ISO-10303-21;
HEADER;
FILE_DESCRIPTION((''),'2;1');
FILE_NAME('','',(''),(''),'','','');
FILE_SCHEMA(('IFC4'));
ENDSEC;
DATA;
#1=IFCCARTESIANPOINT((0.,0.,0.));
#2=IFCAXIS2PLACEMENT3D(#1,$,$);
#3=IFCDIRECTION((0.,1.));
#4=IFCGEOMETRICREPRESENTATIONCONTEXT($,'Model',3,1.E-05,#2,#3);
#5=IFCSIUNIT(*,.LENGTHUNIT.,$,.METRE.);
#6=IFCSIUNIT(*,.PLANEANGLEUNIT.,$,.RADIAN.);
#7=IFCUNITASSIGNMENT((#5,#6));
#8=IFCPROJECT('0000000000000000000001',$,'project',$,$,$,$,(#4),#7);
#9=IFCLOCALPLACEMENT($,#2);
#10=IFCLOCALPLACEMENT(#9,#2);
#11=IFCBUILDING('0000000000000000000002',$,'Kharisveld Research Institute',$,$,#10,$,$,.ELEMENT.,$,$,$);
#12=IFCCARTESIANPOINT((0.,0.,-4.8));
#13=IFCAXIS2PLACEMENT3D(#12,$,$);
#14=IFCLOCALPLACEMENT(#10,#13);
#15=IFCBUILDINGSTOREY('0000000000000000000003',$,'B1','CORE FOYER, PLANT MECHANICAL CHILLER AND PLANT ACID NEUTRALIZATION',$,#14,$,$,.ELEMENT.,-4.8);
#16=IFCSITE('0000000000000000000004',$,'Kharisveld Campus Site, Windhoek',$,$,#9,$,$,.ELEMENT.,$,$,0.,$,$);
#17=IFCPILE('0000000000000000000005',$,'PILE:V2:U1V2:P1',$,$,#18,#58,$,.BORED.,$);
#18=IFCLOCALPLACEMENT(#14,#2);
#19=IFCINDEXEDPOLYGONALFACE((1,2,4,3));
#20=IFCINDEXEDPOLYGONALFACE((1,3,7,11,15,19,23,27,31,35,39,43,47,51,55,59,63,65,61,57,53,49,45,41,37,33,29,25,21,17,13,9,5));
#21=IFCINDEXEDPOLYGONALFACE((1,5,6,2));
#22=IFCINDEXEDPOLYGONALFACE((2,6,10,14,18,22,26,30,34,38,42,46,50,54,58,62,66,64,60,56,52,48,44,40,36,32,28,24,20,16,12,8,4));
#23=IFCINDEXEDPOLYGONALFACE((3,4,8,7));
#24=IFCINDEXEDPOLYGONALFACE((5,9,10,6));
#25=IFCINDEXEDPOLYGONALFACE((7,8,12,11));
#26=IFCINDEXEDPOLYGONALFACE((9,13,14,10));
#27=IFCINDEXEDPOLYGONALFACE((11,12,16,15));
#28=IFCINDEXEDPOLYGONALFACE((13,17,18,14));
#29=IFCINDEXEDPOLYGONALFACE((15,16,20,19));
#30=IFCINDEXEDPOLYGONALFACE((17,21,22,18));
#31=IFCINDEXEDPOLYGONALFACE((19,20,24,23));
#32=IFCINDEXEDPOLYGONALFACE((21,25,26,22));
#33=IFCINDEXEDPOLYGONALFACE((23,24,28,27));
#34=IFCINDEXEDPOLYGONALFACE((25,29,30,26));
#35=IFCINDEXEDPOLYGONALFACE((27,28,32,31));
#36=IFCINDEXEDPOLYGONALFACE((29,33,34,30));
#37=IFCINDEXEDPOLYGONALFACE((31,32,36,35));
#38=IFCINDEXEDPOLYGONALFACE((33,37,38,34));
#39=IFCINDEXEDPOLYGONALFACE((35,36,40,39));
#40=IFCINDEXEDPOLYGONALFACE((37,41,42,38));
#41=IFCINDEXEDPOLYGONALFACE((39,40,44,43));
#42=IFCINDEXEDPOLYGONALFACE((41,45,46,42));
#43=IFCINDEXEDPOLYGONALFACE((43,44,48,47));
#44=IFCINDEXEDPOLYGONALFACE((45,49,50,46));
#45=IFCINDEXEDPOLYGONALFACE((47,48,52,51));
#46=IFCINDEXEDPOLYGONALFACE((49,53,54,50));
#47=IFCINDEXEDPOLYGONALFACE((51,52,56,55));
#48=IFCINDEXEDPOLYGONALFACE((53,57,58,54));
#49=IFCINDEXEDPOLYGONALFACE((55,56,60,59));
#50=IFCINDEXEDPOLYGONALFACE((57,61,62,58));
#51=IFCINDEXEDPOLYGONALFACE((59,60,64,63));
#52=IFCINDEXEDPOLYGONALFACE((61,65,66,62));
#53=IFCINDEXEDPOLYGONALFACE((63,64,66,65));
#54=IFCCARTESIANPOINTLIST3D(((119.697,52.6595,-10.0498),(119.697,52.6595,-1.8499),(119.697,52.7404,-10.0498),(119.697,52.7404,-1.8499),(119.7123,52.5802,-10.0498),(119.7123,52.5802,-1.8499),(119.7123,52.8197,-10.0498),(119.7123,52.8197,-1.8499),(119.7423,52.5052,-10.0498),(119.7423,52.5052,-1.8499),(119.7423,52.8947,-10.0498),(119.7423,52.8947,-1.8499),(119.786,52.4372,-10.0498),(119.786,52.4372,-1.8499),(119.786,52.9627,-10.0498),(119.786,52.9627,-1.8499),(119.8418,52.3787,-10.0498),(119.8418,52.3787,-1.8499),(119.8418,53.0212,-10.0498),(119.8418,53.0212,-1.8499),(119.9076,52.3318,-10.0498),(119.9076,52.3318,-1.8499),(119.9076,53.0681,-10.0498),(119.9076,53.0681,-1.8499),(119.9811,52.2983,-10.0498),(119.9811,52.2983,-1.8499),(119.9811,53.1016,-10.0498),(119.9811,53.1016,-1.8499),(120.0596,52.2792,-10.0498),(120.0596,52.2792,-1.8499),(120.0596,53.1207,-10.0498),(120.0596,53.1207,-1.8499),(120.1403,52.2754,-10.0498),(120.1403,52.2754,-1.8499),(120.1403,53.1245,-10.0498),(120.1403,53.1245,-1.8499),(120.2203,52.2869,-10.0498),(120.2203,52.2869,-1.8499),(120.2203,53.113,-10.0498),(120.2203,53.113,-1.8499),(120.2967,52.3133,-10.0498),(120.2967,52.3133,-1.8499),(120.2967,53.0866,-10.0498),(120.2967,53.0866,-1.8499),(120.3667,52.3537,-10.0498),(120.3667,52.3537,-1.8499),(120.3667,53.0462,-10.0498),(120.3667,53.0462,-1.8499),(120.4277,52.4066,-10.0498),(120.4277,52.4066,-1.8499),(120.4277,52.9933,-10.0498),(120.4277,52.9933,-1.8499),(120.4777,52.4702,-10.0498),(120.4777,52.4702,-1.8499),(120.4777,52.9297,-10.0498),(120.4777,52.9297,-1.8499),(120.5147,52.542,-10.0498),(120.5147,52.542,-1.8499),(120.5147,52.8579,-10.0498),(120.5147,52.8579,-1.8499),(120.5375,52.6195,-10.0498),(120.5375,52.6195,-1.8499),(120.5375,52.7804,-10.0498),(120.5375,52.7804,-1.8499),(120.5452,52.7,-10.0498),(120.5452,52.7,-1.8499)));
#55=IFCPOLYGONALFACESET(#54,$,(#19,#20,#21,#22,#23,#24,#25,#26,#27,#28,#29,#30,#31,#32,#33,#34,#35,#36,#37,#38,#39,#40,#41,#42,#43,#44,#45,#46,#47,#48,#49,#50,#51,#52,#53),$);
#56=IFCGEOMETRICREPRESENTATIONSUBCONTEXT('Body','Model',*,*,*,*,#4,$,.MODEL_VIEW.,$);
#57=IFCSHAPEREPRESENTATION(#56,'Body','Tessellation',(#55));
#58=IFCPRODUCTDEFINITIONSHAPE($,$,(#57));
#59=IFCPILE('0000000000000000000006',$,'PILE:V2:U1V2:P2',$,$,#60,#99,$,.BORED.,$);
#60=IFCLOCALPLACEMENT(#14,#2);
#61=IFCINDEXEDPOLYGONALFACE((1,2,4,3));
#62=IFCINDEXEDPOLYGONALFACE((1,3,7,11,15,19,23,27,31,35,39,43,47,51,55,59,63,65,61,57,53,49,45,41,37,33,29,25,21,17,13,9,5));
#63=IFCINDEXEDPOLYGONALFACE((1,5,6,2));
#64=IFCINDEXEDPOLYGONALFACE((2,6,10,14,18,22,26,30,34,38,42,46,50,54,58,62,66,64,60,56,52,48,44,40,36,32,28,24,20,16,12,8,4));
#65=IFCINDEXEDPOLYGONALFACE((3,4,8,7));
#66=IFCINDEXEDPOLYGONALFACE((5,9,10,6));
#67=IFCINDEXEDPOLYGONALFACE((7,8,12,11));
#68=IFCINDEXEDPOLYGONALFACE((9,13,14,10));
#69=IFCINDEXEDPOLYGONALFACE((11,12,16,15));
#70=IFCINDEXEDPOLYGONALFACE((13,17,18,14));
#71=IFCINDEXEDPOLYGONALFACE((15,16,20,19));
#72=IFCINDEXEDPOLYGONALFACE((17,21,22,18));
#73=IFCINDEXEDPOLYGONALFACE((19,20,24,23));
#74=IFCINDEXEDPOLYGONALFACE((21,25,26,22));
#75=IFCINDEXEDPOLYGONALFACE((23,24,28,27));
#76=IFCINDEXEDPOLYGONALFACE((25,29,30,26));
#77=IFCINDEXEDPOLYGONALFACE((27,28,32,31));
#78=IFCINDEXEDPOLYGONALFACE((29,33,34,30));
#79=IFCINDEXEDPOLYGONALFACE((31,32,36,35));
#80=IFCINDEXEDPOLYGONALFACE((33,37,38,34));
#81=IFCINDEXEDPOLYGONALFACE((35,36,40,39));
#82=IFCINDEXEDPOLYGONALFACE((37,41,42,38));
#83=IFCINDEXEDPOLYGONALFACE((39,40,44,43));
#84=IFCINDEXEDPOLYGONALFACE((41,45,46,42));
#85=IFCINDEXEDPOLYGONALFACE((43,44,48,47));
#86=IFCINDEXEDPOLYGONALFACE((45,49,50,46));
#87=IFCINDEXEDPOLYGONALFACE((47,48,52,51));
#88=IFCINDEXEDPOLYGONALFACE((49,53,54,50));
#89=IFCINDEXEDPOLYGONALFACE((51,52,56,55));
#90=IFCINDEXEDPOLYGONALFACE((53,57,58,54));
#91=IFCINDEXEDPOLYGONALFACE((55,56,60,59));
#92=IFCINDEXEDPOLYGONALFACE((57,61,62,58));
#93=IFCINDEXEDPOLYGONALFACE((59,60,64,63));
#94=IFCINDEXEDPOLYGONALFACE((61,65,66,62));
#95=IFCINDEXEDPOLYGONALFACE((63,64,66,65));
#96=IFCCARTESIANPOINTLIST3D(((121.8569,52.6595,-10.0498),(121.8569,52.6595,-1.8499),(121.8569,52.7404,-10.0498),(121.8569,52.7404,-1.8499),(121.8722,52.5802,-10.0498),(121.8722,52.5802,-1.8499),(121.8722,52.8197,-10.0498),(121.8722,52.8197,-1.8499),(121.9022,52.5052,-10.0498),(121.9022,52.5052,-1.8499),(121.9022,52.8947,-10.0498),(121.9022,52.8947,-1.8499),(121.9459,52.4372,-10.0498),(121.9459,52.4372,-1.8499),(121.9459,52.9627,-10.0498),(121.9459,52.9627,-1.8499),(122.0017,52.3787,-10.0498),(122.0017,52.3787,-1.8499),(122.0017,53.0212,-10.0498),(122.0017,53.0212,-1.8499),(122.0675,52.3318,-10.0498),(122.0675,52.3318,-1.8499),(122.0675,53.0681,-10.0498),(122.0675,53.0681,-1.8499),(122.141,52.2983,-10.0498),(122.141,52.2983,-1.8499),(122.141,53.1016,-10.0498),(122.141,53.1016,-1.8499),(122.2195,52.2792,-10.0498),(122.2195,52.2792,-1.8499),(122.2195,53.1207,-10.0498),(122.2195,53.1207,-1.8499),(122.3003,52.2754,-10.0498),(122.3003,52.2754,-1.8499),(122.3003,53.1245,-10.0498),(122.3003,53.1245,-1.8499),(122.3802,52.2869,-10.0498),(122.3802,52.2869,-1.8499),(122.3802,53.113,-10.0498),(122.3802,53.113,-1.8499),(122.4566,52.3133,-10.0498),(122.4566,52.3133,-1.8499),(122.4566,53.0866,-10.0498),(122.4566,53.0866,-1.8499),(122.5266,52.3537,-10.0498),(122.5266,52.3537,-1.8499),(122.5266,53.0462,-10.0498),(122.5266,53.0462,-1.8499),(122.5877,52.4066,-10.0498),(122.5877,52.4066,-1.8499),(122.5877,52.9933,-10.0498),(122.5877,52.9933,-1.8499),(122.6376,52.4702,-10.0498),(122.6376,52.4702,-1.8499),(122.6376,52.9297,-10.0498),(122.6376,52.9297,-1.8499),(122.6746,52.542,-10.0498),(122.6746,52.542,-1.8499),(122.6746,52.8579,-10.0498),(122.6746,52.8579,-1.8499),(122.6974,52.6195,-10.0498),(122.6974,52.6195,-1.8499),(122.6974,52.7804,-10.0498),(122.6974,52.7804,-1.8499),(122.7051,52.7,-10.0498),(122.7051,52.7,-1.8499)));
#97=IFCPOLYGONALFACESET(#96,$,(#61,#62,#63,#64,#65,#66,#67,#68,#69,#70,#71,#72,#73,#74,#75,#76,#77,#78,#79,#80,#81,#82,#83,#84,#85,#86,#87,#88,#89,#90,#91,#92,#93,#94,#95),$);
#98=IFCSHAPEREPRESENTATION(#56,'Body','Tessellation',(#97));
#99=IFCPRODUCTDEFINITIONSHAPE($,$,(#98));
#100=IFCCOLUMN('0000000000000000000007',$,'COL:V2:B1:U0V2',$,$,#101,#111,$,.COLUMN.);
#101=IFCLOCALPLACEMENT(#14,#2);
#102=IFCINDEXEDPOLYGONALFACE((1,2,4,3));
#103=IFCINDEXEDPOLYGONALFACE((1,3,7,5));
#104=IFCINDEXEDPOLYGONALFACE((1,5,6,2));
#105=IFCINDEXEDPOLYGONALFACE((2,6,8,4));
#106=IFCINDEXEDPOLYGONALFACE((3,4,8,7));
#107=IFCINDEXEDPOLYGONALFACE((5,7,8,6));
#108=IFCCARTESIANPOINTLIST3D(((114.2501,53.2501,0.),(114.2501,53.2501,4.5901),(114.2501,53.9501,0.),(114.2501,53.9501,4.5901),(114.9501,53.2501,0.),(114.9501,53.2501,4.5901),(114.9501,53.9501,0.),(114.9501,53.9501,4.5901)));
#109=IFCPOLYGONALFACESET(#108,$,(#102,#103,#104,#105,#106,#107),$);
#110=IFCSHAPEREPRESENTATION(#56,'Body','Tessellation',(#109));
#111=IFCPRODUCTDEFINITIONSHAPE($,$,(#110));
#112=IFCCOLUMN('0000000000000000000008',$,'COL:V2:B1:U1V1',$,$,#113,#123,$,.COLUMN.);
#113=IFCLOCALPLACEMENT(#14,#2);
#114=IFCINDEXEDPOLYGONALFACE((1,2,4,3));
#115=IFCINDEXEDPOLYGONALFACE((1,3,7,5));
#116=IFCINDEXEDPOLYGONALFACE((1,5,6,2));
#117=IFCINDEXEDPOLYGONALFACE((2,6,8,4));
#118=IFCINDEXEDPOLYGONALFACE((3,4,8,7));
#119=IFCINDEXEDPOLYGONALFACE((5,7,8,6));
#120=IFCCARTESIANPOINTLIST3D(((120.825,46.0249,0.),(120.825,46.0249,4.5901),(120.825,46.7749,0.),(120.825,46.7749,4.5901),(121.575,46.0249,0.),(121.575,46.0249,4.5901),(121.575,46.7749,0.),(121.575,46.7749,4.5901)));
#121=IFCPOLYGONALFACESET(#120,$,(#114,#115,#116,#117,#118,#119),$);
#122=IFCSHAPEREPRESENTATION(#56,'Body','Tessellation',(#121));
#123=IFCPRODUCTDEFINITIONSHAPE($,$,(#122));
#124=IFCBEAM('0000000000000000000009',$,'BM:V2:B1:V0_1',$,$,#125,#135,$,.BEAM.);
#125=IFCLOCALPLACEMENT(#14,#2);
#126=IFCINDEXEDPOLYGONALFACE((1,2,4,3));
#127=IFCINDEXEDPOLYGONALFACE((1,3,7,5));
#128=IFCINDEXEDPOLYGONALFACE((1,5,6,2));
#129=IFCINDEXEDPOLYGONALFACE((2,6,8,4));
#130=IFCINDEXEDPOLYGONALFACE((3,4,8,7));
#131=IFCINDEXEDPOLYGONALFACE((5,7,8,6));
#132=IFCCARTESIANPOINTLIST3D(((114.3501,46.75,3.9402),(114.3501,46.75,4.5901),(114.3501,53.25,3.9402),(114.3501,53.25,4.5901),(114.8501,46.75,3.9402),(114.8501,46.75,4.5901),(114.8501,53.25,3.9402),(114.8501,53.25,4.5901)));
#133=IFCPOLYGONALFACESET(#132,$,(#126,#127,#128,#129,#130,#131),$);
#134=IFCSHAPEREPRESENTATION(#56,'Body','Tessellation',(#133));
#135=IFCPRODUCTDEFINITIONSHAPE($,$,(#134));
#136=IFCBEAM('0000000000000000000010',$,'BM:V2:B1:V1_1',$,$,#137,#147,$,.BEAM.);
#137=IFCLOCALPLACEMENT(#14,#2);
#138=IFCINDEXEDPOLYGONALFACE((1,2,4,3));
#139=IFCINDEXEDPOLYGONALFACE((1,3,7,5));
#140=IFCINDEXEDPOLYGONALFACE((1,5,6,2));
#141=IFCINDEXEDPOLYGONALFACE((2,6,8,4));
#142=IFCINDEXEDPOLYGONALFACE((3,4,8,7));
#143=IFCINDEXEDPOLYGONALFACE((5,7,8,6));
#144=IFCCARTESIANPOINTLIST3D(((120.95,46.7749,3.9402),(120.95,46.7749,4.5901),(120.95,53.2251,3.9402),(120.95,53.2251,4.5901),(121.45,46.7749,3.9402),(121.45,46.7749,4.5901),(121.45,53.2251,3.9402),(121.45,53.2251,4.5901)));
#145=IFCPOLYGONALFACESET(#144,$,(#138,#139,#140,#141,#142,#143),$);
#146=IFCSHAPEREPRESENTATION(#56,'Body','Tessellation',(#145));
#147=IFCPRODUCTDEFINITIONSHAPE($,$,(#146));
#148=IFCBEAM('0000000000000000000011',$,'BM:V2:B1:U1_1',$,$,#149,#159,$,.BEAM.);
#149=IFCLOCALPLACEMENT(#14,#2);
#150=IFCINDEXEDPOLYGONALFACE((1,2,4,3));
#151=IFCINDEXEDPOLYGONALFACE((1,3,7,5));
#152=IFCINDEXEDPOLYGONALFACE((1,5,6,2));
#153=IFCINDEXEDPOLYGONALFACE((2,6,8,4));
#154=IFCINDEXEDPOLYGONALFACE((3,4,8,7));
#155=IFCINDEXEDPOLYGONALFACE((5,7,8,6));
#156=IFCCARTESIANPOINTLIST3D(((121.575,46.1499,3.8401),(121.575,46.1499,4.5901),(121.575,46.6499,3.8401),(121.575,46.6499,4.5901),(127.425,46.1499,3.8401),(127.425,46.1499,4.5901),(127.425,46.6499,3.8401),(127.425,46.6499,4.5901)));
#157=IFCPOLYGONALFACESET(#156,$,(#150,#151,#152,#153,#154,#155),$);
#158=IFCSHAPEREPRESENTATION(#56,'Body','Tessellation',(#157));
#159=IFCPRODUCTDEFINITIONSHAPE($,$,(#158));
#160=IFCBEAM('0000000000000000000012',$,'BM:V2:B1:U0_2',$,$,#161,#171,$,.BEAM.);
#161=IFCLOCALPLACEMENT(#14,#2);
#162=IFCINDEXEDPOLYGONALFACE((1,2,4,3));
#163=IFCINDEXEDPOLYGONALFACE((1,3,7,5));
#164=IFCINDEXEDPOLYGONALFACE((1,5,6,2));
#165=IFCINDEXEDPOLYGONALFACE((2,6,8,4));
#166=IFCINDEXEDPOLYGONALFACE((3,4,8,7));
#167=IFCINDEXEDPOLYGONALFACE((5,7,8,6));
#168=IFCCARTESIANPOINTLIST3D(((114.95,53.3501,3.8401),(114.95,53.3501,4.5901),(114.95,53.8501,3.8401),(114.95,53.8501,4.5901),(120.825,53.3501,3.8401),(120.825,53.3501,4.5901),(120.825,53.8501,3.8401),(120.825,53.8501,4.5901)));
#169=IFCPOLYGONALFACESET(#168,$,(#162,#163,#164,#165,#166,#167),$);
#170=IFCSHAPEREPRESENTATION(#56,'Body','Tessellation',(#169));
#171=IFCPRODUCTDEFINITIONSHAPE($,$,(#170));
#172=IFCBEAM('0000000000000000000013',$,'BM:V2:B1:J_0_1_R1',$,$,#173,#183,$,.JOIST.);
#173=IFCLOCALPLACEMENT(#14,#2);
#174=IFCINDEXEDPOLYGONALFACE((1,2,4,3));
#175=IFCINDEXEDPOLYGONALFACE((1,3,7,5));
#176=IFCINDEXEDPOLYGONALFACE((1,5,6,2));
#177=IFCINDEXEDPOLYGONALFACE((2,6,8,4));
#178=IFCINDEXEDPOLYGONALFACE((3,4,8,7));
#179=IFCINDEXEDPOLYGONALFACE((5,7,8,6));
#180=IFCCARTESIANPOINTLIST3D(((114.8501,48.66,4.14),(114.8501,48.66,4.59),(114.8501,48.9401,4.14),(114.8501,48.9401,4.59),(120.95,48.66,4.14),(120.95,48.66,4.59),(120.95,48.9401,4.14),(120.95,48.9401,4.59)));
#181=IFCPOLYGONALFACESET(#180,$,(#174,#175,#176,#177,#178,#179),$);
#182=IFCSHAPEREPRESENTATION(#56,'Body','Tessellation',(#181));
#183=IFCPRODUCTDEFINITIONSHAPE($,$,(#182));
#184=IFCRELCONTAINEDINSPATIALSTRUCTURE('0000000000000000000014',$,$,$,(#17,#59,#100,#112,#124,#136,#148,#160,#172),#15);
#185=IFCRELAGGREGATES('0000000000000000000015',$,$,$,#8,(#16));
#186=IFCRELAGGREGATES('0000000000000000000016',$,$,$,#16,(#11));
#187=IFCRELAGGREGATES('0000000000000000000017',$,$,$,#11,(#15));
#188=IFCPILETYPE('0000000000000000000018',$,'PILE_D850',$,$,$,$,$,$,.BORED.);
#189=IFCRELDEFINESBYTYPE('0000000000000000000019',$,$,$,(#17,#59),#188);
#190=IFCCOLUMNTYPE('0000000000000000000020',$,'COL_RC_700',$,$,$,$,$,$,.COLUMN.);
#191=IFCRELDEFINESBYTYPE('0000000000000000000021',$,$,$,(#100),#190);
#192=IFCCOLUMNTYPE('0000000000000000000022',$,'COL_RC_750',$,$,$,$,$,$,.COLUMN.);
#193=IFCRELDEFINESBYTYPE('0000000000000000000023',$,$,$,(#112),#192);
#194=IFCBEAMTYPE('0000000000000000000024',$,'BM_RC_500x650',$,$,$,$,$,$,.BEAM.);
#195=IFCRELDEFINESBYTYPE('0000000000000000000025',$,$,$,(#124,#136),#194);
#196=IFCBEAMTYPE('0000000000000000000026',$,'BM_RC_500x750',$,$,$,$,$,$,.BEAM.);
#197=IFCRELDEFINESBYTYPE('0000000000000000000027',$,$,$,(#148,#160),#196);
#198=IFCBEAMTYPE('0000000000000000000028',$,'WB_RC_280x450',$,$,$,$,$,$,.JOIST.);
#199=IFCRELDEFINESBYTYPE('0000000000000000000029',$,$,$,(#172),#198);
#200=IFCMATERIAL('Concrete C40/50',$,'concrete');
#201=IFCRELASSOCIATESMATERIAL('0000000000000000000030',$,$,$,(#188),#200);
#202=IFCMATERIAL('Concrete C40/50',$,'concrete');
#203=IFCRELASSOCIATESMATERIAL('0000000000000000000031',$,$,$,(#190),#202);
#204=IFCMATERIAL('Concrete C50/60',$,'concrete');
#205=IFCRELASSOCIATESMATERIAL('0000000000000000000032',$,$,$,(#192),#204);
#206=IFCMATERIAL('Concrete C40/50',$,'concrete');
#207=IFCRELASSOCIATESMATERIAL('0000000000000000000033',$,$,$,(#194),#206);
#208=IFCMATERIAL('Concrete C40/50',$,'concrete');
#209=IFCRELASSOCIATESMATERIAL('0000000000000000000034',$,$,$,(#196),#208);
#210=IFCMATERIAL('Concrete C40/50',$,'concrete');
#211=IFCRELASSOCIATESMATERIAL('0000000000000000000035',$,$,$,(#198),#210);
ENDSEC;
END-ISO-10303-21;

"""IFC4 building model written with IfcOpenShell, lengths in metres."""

from ifc_helpers import new_model, si_unit, direction, frame, origin, origin_2d, place, context, subcontext, project, spatial, rectangle, circle, extrude, material, material_profile, profile_set, type_object, element, save


model = new_model("IFC4")

# Units and contexts
model_context = context("Model", 3, precision=1e-05, world=origin(), true_north=direction((0.0, 1.0)))
body_context = subcontext(model_context, "Body", "Model", "MODEL_VIEW")
ifc_project = project(units=[si_unit("LENGTHUNIT", "METRE"), si_unit("PLANEANGLEUNIT", "RADIAN")], contexts=[model_context])

# Site, building, storey
site_placement = place(None, origin())
site = spatial("IfcSite", under=ifc_project, at=site_placement, Name="Kharisveld Campus Site, Windhoek", CompositionType="ELEMENT", RefElevation=0.0)
building_placement = place(site_placement, origin())
building = spatial("IfcBuilding", under=site, at=building_placement, Name="Kharisveld Research Institute", CompositionType="ELEMENT")
storey_placement = place(building_placement, frame((0.0, 0.0, -4.8)))
storey = spatial("IfcBuildingStorey", under=building, at=storey_placement, Name="B1", Description="CORE FOYER, PLANT MECHANICAL CHILLER AND PLANT ACID NEUTRALIZATION", CompositionType="ELEMENT", Elevation=-4.8)

# Piles
ifc_material_1 = material(Name="Concrete C40/50", Category="concrete")
ifc_material_profile_1 = material_profile(ifc_material_1, circle(Radius=0.425, at=origin_2d()))
ifc_profile_set_1 = profile_set([ifc_material_profile_1], Name="Concrete C40/50")
pile_type_1 = type_object("IfcPileType", Name="PILE_D850", PredefinedType="BORED", material=ifc_profile_set_1)
for number, where, z_axis, x_axis, name in (
    (1, (120.1201, 52.7, -1.8499), (0.0, 0.0, -1.0), (1.0, 0.0, 0.0), "PILE:V2:U1V2:P1"),
    (2, (122.28, 52.7, -1.8499), (0.0, 0.0, -1.0), (1.0, 0.0, 0.0), "PILE:V2:U1V2:P2"),
):
    element("IfcPile", number, at=place(storey_placement, frame(where, z_axis=z_axis, x_axis=x_axis)), inside=storey, type_object=pile_type_1, Name=name, PredefinedType="BORED", context=body_context, shape_type="SweptSolid", body=[
        extrude(circle(Radius=0.425, at=origin_2d()), origin(), (0.0, 0.0, 1.0), 8.2),
    ])

# Columns
ifc_material_2 = material(Name="Concrete C40/50", Category="concrete")
ifc_material_profile_2 = material_profile(ifc_material_2, rectangle(XDim=0.7, YDim=0.7, at=origin_2d()))
ifc_profile_set_2 = profile_set([ifc_material_profile_2], Name="Concrete C40/50")
column_type_1 = type_object("IfcColumnType", Name="COL_RC_700", PredefinedType="COLUMN", material=ifc_profile_set_2)
column_1_placement = place(storey_placement, frame((114.6001, 53.6001, 0.0), z_axis=(0.0, 0.0, 1.0), x_axis=(1.0, 0.0, 0.0)))
element("IfcColumn", 3, at=column_1_placement, inside=storey, type_object=column_type_1, Name="COL:V2:B1:U0V2", PredefinedType="COLUMN", context=body_context, shape_type="SweptSolid", body=[
    extrude(rectangle(XDim=0.7, YDim=0.7, at=origin_2d()), origin(), (0.0, 0.0, 1.0), 4.5901),
])
ifc_material_3 = material(Name="Concrete C50/60", Category="concrete")
ifc_material_profile_3 = material_profile(ifc_material_3, rectangle(XDim=0.75, YDim=0.75, at=origin_2d()))
ifc_profile_set_3 = profile_set([ifc_material_profile_3], Name="Concrete C50/60")
column_type_2 = type_object("IfcColumnType", Name="COL_RC_750", PredefinedType="COLUMN", material=ifc_profile_set_3)
column_2_placement = place(storey_placement, frame((121.2, 46.3999, 0.0), z_axis=(0.0, 0.0, 1.0), x_axis=(1.0, 0.0, 0.0)))
element("IfcColumn", 4, at=column_2_placement, inside=storey, type_object=column_type_2, Name="COL:V2:B1:U1V1", PredefinedType="COLUMN", context=body_context, shape_type="SweptSolid", body=[
    extrude(rectangle(XDim=0.75, YDim=0.75, at=origin_2d()), origin(), (0.0, 0.0, 1.0), 4.5901),
])

# Beams
ifc_material_4 = material(Name="Concrete C40/50", Category="concrete")
ifc_material_profile_4 = material_profile(ifc_material_4, rectangle(XDim=0.5, YDim=0.6499, at=origin_2d()))
ifc_profile_set_4 = profile_set([ifc_material_profile_4], Name="Concrete C40/50")
beam_type_1 = type_object("IfcBeamType", Name="BM_RC_500x650", PredefinedType="BEAM", material=ifc_profile_set_4)
beam_1_placement = place(storey_placement, frame((114.6001, 46.75, 4.2651), z_axis=(0.0, 1.0, 0.0), x_axis=(-1.0, 0.0, 0.0)))
element("IfcBeam", 5, at=beam_1_placement, inside=storey, type_object=beam_type_1, Name="BM:V2:B1:V0_1", PredefinedType="BEAM", context=body_context, shape_type="SweptSolid", body=[
    extrude(rectangle(XDim=0.5, YDim=0.6499, at=origin_2d()), origin(), (0.0, 0.0, 1.0), 6.5),
])
beam_2_placement = place(storey_placement, frame((121.2, 46.7749, 4.2651), z_axis=(0.0, 1.0, 0.0), x_axis=(-1.0, 0.0, 0.0)))
element("IfcBeam", 6, at=beam_2_placement, inside=storey, type_object=beam_type_1, Name="BM:V2:B1:V1_1", PredefinedType="BEAM", context=body_context, shape_type="SweptSolid", body=[
    extrude(rectangle(XDim=0.5, YDim=0.6499, at=origin_2d()), origin(), (0.0, 0.0, 1.0), 6.4502),
])
ifc_material_5 = material(Name="Concrete C40/50", Category="concrete")
ifc_material_profile_5 = material_profile(ifc_material_5, rectangle(XDim=0.5, YDim=0.75, at=origin_2d()))
ifc_profile_set_5 = profile_set([ifc_material_profile_5], Name="Concrete C40/50")
beam_type_2 = type_object("IfcBeamType", Name="BM_RC_500x750", PredefinedType="BEAM", material=ifc_profile_set_5)
beam_3_placement = place(storey_placement, frame((121.575, 46.3999, 4.2151), z_axis=(1.0, 0.0, 0.0), x_axis=(0.0, 1.0, 0.0)))
element("IfcBeam", 7, at=beam_3_placement, inside=storey, type_object=beam_type_2, Name="BM:V2:B1:U1_1", PredefinedType="BEAM", context=body_context, shape_type="SweptSolid", body=[
    extrude(rectangle(XDim=0.5, YDim=0.75, at=origin_2d()), origin(), (0.0, 0.0, 1.0), 5.8501),
])
beam_4_placement = place(storey_placement, frame((114.95, 53.6001, 4.2151), z_axis=(1.0, 0.0, 0.0), x_axis=(0.0, 1.0, 0.0)))
element("IfcBeam", 8, at=beam_4_placement, inside=storey, type_object=beam_type_2, Name="BM:V2:B1:U0_2", PredefinedType="BEAM", context=body_context, shape_type="SweptSolid", body=[
    extrude(rectangle(XDim=0.5, YDim=0.75, at=origin_2d()), origin(), (0.0, 0.0, 1.0), 5.875),
])
ifc_material_6 = material(Name="Concrete C40/50", Category="concrete")
ifc_material_profile_6 = material_profile(ifc_material_6, rectangle(XDim=0.28, YDim=0.45, at=origin_2d()))
ifc_profile_set_6 = profile_set([ifc_material_profile_6], Name="Concrete C40/50")
beam_type_3 = type_object("IfcBeamType", Name="WB_RC_280x450", PredefinedType="JOIST", material=ifc_profile_set_6)
for number, where, z_axis, x_axis, name in (
    (9, (114.8501, 48.8, 4.365), (1.0, 0.0, 0.0), (0.0, 1.0, 0.0), "BM:V2:B1:J_0_1_R1"),
):
    element("IfcBeam", number, at=place(storey_placement, frame(where, z_axis=z_axis, x_axis=x_axis)), inside=storey, type_object=beam_type_3, Name=name, PredefinedType="JOIST", context=body_context, shape_type="SweptSolid", body=[
        extrude(rectangle(XDim=0.28, YDim=0.45, at=origin_2d()), origin(), (0.0, 0.0, 1.0), 6.0999),
    ])

save(model, "model.ifc")
